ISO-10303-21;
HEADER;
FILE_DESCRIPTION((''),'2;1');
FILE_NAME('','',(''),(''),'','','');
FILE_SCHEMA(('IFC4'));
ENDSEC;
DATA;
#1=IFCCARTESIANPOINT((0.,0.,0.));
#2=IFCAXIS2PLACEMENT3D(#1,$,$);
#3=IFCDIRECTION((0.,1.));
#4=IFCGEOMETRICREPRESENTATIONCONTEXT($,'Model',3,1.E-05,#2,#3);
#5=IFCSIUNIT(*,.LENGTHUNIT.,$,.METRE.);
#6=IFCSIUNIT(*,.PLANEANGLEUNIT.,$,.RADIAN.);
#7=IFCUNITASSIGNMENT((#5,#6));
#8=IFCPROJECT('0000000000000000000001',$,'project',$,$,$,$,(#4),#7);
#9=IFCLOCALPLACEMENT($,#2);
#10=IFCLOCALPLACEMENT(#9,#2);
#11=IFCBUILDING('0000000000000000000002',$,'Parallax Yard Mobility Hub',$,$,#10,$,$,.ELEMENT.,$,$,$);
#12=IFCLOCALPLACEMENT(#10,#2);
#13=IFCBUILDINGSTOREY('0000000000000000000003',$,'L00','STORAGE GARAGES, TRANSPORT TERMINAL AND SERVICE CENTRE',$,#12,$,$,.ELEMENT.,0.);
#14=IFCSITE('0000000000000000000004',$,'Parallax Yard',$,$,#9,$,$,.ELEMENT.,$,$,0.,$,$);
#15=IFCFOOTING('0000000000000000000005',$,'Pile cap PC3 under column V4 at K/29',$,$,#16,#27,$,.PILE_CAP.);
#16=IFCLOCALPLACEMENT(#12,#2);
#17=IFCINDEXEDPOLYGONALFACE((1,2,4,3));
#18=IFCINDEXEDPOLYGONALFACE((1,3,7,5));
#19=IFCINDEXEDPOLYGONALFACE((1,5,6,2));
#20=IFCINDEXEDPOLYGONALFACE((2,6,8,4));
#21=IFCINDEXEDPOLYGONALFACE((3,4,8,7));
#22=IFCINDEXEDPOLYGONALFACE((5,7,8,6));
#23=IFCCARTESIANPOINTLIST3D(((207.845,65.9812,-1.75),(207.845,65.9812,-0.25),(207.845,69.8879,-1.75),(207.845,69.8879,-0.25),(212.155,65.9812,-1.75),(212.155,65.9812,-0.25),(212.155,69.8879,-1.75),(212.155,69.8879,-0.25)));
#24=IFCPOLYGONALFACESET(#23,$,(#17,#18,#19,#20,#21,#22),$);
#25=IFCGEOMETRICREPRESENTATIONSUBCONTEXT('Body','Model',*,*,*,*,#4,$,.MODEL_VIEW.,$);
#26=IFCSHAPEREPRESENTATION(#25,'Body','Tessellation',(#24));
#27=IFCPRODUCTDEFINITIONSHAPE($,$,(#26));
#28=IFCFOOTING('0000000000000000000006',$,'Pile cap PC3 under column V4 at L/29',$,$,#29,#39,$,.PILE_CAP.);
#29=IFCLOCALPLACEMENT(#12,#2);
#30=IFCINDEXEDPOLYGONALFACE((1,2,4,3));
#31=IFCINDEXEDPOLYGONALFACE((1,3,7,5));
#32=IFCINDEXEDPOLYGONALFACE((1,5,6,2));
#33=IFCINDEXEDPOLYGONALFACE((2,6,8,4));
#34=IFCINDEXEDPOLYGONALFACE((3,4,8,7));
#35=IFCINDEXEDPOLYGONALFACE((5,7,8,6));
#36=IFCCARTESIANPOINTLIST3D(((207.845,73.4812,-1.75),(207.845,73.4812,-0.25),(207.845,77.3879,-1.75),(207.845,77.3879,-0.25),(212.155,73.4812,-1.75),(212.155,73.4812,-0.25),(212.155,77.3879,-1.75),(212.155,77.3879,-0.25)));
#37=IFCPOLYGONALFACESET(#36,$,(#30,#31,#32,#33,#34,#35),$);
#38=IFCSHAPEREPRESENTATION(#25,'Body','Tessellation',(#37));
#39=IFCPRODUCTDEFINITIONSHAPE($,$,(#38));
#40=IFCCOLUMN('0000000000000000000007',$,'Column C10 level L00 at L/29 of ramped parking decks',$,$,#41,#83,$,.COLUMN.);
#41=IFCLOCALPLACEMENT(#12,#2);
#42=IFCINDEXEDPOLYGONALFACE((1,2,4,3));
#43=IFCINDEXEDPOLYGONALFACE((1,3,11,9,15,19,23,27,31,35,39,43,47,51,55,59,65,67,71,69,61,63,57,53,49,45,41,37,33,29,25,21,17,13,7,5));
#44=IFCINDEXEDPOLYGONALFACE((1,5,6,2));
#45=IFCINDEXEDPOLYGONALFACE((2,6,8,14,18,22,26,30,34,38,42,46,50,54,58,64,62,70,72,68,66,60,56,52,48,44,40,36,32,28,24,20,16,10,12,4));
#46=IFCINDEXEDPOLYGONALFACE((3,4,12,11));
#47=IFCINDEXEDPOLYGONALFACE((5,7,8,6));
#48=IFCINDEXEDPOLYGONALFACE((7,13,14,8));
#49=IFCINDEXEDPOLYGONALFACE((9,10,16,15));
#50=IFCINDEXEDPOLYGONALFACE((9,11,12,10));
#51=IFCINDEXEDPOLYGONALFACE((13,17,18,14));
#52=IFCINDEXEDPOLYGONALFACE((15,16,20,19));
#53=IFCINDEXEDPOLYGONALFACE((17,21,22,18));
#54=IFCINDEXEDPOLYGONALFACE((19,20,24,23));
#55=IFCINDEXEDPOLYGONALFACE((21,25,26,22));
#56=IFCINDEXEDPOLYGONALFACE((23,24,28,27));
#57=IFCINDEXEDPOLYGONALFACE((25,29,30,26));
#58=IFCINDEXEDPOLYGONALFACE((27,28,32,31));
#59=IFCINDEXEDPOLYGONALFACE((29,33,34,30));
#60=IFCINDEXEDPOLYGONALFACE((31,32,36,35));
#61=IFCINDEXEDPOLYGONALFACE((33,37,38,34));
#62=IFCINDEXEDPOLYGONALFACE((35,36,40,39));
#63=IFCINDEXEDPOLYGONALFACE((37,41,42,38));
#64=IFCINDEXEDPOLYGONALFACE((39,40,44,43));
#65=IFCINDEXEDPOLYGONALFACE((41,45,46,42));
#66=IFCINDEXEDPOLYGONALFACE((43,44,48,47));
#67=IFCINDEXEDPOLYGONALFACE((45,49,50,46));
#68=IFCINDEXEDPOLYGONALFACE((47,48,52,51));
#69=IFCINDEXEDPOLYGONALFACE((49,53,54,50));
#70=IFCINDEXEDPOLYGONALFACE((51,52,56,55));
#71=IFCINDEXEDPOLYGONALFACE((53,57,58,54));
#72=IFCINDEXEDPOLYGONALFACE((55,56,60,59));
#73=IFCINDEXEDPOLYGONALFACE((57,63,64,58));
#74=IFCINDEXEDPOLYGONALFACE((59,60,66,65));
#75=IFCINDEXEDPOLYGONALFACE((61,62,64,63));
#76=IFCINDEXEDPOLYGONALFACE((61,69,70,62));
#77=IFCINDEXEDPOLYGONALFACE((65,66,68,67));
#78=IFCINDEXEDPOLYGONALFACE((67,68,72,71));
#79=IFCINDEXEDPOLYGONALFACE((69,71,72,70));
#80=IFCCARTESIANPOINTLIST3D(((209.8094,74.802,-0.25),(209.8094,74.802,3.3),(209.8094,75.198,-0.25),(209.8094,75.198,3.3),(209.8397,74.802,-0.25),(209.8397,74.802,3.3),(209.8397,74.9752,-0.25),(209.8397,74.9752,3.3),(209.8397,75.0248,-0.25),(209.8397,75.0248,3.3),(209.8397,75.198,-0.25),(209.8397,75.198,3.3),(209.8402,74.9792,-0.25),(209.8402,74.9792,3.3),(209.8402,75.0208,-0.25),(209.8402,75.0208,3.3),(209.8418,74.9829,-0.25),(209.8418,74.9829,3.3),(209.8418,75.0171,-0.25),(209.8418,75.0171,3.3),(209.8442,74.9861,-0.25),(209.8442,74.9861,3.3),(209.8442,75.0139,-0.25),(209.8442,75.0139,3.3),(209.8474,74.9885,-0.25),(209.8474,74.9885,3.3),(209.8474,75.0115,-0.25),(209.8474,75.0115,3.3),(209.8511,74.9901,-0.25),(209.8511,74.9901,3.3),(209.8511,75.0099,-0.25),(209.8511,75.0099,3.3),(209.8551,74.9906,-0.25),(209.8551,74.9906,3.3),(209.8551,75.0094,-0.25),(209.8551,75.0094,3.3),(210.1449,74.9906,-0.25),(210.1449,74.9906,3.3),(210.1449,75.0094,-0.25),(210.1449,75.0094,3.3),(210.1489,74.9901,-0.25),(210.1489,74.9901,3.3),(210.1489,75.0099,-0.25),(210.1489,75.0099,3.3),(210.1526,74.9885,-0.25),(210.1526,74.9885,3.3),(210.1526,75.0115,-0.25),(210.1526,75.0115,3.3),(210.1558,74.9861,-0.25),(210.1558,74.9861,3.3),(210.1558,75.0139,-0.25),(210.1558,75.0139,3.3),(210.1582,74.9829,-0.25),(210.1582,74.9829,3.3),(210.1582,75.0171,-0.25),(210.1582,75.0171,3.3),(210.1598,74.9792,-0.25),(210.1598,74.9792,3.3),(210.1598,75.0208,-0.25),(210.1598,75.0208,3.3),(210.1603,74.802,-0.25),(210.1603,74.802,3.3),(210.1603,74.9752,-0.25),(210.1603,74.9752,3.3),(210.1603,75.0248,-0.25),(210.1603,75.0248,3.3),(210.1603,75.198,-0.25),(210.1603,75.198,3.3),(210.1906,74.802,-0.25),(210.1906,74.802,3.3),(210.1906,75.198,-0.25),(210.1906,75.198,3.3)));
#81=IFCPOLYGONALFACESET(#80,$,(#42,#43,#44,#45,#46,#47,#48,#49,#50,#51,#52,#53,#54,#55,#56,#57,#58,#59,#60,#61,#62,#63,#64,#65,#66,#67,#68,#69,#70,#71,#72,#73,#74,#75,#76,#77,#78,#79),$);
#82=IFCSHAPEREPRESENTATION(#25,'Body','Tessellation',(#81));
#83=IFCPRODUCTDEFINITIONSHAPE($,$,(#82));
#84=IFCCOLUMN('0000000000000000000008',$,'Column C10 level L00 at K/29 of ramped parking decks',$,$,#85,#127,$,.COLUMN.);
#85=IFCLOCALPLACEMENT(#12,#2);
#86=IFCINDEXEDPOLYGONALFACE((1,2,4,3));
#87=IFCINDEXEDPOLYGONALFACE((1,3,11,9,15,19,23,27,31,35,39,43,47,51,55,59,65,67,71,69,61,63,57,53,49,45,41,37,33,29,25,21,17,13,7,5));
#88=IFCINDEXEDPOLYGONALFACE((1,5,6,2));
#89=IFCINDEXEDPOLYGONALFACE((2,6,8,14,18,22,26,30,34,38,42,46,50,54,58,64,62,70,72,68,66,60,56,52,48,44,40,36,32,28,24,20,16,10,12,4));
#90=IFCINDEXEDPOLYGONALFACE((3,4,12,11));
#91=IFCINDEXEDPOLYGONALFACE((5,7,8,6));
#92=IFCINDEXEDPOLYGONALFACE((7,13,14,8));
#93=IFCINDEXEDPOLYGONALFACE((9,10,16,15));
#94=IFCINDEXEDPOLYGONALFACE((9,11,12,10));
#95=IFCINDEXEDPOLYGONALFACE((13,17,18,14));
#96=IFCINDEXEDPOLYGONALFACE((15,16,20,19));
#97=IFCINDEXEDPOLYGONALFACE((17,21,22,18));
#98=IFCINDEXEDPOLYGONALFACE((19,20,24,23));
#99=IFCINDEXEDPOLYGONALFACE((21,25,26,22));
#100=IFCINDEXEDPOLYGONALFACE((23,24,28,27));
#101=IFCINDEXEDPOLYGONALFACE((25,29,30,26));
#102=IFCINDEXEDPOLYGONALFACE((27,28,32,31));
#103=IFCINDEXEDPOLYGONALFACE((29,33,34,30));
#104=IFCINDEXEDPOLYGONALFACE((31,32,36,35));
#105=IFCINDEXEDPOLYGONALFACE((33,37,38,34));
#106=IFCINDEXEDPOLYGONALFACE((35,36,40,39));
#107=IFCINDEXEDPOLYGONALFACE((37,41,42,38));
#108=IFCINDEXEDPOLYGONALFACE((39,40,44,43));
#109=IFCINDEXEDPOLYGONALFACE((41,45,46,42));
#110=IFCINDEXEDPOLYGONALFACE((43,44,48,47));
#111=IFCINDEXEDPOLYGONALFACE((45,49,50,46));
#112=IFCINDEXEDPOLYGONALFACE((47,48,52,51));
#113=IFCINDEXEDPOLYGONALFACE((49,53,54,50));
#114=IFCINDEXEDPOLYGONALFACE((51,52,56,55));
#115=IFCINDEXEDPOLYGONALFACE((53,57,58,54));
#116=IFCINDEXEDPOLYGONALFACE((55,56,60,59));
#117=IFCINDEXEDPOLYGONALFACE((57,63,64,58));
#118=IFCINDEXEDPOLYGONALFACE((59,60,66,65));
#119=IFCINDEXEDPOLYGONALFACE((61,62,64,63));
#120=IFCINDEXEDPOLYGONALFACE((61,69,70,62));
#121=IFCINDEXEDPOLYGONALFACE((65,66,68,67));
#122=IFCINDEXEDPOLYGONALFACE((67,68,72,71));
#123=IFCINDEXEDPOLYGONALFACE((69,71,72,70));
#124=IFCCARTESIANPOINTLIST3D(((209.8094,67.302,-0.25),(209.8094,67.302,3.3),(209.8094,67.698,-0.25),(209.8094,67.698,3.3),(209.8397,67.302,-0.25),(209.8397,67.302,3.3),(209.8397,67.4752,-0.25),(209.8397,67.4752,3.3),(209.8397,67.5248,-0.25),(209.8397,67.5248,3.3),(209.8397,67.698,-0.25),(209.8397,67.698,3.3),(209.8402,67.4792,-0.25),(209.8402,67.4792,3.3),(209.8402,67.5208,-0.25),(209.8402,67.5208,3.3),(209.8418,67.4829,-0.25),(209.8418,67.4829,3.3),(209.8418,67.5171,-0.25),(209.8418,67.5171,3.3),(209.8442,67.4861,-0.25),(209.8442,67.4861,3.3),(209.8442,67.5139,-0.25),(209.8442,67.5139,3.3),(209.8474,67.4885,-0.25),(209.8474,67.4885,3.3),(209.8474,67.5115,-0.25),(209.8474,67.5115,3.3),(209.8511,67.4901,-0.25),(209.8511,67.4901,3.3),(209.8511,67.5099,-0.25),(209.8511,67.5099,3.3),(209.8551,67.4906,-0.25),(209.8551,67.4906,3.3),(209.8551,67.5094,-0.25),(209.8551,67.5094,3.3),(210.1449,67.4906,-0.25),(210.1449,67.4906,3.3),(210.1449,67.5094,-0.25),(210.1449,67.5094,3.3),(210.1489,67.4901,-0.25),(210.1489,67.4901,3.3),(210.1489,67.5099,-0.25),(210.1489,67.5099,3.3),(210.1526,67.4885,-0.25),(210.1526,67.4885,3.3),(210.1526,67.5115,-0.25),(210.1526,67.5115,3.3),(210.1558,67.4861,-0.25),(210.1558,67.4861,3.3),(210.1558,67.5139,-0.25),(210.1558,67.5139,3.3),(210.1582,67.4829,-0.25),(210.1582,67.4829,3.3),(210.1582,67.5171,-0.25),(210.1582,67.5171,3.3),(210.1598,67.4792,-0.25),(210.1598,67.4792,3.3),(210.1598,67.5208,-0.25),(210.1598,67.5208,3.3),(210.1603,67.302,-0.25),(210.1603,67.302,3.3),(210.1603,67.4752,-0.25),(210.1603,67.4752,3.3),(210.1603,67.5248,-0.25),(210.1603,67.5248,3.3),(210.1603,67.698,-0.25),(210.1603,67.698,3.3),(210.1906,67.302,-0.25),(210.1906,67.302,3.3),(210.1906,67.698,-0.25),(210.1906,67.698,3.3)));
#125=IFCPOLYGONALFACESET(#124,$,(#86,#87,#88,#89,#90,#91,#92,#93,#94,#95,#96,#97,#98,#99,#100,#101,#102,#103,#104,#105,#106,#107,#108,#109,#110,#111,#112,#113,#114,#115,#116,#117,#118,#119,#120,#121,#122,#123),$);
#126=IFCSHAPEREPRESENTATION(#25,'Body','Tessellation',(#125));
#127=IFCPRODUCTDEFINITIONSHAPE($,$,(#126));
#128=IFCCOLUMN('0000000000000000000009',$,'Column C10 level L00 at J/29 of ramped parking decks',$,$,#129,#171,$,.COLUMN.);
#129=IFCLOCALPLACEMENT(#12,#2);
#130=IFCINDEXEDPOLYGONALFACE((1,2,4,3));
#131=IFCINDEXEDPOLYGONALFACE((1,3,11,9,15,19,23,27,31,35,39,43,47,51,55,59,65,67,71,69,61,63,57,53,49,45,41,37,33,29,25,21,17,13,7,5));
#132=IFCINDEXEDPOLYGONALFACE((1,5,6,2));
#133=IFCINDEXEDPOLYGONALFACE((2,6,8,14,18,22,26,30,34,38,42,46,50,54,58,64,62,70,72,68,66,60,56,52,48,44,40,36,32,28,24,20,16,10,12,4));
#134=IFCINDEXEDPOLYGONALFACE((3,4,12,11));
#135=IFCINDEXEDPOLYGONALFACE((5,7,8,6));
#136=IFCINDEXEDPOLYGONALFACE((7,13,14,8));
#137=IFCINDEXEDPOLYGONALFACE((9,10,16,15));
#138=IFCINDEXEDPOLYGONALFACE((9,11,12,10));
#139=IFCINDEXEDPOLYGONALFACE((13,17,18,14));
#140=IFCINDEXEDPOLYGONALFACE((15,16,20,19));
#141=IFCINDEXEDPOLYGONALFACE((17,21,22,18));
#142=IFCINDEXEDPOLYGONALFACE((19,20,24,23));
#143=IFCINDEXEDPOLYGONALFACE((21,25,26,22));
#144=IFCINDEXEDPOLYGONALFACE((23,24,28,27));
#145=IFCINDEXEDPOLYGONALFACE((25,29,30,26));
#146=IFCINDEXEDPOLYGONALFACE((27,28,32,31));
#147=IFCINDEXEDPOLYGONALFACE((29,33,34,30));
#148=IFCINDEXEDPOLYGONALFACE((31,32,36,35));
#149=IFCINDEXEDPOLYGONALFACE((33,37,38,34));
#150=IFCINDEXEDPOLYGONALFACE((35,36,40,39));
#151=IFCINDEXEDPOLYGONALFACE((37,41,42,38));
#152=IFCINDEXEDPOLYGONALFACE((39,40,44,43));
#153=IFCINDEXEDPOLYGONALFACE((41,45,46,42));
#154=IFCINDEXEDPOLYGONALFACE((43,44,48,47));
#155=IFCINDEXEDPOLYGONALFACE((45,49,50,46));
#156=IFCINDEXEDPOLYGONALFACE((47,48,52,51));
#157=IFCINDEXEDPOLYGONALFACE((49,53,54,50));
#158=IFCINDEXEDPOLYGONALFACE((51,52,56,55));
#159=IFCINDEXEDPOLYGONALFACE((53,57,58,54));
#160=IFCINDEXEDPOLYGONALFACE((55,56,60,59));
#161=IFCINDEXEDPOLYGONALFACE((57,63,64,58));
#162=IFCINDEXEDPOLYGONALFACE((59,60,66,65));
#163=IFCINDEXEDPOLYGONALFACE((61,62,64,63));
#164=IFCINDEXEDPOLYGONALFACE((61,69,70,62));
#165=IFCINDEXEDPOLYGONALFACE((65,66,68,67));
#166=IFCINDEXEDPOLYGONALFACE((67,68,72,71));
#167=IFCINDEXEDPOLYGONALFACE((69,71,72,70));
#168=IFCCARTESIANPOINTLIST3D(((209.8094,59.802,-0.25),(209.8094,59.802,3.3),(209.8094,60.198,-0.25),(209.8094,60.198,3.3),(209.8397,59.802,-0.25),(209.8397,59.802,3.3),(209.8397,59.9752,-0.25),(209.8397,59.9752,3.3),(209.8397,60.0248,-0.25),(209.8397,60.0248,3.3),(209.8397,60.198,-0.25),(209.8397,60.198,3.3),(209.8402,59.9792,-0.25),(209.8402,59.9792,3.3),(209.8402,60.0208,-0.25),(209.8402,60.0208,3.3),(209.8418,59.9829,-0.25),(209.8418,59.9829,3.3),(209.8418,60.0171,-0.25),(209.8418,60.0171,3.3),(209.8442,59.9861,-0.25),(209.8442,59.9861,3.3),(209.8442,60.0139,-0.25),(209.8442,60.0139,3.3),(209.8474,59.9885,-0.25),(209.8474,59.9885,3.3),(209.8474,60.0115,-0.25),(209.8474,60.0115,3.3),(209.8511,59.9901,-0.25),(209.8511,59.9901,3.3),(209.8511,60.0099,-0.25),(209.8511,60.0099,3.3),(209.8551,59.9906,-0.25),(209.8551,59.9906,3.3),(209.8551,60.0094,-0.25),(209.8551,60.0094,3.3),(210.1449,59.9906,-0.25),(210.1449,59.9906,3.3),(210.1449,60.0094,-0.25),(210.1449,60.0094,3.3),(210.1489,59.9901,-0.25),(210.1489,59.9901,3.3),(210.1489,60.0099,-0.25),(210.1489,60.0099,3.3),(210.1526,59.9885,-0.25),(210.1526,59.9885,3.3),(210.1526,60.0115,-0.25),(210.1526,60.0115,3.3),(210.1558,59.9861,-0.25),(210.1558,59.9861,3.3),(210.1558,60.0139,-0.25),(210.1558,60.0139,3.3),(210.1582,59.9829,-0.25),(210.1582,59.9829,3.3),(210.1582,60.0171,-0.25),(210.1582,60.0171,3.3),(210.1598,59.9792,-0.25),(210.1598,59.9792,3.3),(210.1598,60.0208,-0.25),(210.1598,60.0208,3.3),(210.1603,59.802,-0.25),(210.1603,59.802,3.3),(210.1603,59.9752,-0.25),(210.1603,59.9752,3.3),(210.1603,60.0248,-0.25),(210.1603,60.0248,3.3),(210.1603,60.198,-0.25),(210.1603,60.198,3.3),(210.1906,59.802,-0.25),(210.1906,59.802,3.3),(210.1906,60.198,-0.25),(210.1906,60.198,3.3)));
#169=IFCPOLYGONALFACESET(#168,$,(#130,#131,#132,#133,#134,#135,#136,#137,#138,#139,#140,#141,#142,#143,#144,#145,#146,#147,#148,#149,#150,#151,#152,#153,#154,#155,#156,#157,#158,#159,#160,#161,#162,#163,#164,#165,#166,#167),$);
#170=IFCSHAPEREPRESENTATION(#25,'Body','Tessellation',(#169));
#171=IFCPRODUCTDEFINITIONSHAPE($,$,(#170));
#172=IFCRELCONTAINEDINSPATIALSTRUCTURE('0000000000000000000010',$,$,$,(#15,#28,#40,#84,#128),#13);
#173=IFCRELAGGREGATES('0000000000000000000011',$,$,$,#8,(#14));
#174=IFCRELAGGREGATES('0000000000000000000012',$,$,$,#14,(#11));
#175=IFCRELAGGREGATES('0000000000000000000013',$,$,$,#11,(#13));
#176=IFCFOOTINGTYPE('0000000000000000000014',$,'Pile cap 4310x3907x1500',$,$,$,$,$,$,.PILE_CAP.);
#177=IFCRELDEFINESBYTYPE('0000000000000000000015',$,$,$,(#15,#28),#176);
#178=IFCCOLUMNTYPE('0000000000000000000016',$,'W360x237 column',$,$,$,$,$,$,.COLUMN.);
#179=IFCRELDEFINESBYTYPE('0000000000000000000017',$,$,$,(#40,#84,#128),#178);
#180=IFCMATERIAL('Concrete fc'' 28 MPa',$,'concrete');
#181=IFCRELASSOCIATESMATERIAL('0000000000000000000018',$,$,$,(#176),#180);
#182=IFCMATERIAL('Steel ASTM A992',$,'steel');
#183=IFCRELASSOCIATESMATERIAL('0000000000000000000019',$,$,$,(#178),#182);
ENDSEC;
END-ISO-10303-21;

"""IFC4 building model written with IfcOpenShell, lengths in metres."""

from ifc_helpers import new_model, si_unit, direction, frame, origin, origin_2d, place, context, subcontext, project, spatial, rectangle, i_section, extrude, material, material_profile, profile_set, type_object, element, save


model = new_model("IFC4")

# Units and contexts
model_context = context("Model", 3, precision=1e-05, world=origin(), true_north=direction((0.0, 1.0)))
body_context = subcontext(model_context, "Body", "Model", "MODEL_VIEW")
ifc_project = project(units=[si_unit("LENGTHUNIT", "METRE"), si_unit("PLANEANGLEUNIT", "RADIAN")], contexts=[model_context])

# Site, building, storey
site_placement = place(None, origin())
site = spatial("IfcSite", under=ifc_project, at=site_placement, Name="Parallax Yard", CompositionType="ELEMENT", RefElevation=0.0)
building_placement = place(site_placement, origin())
building = spatial("IfcBuilding", under=site, at=building_placement, Name="Parallax Yard Mobility Hub", CompositionType="ELEMENT")
storey_placement = place(building_placement, origin())
storey = spatial("IfcBuildingStorey", under=building, at=storey_placement, Name="L00", Description="STORAGE GARAGES, TRANSPORT TERMINAL AND SERVICE CENTRE", CompositionType="ELEMENT", Elevation=0.0)

# Shared definitions
ifc_material_1 = material(Name="Concrete fc' 28 MPa", Category="concrete")

# Footings
footing_type_1 = type_object("IfcFootingType", Name="Pile cap 4310x3907x1500", PredefinedType="PILE_CAP", material=ifc_material_1)
for number, where, z_axis, x_axis, name in (
    (1, (210.0, 67.9346, -1.75), (0.0, 0.0, 1.0), (1.0, 0.0, 0.0), "Pile cap PC3 under column V4 at K/29"),
    (2, (210.0, 75.4346, -1.75), (0.0, 0.0, 1.0), (1.0, 0.0, 0.0), "Pile cap PC3 under column V4 at L/29"),
):
    element("IfcFooting", number, at=place(storey_placement, frame(where, z_axis=z_axis, x_axis=x_axis)), inside=storey, type_object=footing_type_1, Name=name, PredefinedType="PILE_CAP", context=body_context, shape_type="SweptSolid", body=[
        extrude(rectangle(XDim=4.3101, YDim=3.9067, at=origin_2d()), origin(), (0.0, 0.0, 1.0), 1.5),
    ])

# Columns
ifc_material_2 = material(Name="Steel ASTM A992", Category="steel")
ifc_material_profile_1 = material_profile(ifc_material_2, i_section(OverallWidth=0.396, OverallDepth=0.3811, WebThickness=0.0188, FlangeThickness=0.0303, FilletRadius=0.0154, at=origin_2d()), Name="W360x237")
ifc_profile_set_1 = profile_set([ifc_material_profile_1], Name="Steel ASTM A992")
column_type = type_object("IfcColumnType", Name="W360x237 column", PredefinedType="COLUMN", material=ifc_profile_set_1)
for number, where, z_axis, x_axis, name in (
    (3, (210.0, 75.0, -0.25), (0.0, 0.0, 1.0), (0.0, 1.0, 0.0), "Column C10 level L00 at L/29 of ramped parking decks"),
    (4, (210.0, 67.5, -0.25), (0.0, 0.0, 1.0), (0.0, 1.0, 0.0), "Column C10 level L00 at K/29 of ramped parking decks"),
    (5, (210.0, 60.0, -0.25), (0.0, 0.0, 1.0), (0.0, 1.0, 0.0), "Column C10 level L00 at J/29 of ramped parking decks"),
):
    element("IfcColumn", number, at=place(storey_placement, frame(where, z_axis=z_axis, x_axis=x_axis)), inside=storey, type_object=column_type, Name=name, PredefinedType="COLUMN", context=body_context, shape_type="SweptSolid", body=[
        extrude(i_section(OverallWidth=0.396, OverallDepth=0.3811, WebThickness=0.0188, FlangeThickness=0.0303, FilletRadius=0.0154, at=origin_2d()), origin(), (0.0, 0.0, 1.0), 3.55),
    ])

save(model, "model.ifc")
